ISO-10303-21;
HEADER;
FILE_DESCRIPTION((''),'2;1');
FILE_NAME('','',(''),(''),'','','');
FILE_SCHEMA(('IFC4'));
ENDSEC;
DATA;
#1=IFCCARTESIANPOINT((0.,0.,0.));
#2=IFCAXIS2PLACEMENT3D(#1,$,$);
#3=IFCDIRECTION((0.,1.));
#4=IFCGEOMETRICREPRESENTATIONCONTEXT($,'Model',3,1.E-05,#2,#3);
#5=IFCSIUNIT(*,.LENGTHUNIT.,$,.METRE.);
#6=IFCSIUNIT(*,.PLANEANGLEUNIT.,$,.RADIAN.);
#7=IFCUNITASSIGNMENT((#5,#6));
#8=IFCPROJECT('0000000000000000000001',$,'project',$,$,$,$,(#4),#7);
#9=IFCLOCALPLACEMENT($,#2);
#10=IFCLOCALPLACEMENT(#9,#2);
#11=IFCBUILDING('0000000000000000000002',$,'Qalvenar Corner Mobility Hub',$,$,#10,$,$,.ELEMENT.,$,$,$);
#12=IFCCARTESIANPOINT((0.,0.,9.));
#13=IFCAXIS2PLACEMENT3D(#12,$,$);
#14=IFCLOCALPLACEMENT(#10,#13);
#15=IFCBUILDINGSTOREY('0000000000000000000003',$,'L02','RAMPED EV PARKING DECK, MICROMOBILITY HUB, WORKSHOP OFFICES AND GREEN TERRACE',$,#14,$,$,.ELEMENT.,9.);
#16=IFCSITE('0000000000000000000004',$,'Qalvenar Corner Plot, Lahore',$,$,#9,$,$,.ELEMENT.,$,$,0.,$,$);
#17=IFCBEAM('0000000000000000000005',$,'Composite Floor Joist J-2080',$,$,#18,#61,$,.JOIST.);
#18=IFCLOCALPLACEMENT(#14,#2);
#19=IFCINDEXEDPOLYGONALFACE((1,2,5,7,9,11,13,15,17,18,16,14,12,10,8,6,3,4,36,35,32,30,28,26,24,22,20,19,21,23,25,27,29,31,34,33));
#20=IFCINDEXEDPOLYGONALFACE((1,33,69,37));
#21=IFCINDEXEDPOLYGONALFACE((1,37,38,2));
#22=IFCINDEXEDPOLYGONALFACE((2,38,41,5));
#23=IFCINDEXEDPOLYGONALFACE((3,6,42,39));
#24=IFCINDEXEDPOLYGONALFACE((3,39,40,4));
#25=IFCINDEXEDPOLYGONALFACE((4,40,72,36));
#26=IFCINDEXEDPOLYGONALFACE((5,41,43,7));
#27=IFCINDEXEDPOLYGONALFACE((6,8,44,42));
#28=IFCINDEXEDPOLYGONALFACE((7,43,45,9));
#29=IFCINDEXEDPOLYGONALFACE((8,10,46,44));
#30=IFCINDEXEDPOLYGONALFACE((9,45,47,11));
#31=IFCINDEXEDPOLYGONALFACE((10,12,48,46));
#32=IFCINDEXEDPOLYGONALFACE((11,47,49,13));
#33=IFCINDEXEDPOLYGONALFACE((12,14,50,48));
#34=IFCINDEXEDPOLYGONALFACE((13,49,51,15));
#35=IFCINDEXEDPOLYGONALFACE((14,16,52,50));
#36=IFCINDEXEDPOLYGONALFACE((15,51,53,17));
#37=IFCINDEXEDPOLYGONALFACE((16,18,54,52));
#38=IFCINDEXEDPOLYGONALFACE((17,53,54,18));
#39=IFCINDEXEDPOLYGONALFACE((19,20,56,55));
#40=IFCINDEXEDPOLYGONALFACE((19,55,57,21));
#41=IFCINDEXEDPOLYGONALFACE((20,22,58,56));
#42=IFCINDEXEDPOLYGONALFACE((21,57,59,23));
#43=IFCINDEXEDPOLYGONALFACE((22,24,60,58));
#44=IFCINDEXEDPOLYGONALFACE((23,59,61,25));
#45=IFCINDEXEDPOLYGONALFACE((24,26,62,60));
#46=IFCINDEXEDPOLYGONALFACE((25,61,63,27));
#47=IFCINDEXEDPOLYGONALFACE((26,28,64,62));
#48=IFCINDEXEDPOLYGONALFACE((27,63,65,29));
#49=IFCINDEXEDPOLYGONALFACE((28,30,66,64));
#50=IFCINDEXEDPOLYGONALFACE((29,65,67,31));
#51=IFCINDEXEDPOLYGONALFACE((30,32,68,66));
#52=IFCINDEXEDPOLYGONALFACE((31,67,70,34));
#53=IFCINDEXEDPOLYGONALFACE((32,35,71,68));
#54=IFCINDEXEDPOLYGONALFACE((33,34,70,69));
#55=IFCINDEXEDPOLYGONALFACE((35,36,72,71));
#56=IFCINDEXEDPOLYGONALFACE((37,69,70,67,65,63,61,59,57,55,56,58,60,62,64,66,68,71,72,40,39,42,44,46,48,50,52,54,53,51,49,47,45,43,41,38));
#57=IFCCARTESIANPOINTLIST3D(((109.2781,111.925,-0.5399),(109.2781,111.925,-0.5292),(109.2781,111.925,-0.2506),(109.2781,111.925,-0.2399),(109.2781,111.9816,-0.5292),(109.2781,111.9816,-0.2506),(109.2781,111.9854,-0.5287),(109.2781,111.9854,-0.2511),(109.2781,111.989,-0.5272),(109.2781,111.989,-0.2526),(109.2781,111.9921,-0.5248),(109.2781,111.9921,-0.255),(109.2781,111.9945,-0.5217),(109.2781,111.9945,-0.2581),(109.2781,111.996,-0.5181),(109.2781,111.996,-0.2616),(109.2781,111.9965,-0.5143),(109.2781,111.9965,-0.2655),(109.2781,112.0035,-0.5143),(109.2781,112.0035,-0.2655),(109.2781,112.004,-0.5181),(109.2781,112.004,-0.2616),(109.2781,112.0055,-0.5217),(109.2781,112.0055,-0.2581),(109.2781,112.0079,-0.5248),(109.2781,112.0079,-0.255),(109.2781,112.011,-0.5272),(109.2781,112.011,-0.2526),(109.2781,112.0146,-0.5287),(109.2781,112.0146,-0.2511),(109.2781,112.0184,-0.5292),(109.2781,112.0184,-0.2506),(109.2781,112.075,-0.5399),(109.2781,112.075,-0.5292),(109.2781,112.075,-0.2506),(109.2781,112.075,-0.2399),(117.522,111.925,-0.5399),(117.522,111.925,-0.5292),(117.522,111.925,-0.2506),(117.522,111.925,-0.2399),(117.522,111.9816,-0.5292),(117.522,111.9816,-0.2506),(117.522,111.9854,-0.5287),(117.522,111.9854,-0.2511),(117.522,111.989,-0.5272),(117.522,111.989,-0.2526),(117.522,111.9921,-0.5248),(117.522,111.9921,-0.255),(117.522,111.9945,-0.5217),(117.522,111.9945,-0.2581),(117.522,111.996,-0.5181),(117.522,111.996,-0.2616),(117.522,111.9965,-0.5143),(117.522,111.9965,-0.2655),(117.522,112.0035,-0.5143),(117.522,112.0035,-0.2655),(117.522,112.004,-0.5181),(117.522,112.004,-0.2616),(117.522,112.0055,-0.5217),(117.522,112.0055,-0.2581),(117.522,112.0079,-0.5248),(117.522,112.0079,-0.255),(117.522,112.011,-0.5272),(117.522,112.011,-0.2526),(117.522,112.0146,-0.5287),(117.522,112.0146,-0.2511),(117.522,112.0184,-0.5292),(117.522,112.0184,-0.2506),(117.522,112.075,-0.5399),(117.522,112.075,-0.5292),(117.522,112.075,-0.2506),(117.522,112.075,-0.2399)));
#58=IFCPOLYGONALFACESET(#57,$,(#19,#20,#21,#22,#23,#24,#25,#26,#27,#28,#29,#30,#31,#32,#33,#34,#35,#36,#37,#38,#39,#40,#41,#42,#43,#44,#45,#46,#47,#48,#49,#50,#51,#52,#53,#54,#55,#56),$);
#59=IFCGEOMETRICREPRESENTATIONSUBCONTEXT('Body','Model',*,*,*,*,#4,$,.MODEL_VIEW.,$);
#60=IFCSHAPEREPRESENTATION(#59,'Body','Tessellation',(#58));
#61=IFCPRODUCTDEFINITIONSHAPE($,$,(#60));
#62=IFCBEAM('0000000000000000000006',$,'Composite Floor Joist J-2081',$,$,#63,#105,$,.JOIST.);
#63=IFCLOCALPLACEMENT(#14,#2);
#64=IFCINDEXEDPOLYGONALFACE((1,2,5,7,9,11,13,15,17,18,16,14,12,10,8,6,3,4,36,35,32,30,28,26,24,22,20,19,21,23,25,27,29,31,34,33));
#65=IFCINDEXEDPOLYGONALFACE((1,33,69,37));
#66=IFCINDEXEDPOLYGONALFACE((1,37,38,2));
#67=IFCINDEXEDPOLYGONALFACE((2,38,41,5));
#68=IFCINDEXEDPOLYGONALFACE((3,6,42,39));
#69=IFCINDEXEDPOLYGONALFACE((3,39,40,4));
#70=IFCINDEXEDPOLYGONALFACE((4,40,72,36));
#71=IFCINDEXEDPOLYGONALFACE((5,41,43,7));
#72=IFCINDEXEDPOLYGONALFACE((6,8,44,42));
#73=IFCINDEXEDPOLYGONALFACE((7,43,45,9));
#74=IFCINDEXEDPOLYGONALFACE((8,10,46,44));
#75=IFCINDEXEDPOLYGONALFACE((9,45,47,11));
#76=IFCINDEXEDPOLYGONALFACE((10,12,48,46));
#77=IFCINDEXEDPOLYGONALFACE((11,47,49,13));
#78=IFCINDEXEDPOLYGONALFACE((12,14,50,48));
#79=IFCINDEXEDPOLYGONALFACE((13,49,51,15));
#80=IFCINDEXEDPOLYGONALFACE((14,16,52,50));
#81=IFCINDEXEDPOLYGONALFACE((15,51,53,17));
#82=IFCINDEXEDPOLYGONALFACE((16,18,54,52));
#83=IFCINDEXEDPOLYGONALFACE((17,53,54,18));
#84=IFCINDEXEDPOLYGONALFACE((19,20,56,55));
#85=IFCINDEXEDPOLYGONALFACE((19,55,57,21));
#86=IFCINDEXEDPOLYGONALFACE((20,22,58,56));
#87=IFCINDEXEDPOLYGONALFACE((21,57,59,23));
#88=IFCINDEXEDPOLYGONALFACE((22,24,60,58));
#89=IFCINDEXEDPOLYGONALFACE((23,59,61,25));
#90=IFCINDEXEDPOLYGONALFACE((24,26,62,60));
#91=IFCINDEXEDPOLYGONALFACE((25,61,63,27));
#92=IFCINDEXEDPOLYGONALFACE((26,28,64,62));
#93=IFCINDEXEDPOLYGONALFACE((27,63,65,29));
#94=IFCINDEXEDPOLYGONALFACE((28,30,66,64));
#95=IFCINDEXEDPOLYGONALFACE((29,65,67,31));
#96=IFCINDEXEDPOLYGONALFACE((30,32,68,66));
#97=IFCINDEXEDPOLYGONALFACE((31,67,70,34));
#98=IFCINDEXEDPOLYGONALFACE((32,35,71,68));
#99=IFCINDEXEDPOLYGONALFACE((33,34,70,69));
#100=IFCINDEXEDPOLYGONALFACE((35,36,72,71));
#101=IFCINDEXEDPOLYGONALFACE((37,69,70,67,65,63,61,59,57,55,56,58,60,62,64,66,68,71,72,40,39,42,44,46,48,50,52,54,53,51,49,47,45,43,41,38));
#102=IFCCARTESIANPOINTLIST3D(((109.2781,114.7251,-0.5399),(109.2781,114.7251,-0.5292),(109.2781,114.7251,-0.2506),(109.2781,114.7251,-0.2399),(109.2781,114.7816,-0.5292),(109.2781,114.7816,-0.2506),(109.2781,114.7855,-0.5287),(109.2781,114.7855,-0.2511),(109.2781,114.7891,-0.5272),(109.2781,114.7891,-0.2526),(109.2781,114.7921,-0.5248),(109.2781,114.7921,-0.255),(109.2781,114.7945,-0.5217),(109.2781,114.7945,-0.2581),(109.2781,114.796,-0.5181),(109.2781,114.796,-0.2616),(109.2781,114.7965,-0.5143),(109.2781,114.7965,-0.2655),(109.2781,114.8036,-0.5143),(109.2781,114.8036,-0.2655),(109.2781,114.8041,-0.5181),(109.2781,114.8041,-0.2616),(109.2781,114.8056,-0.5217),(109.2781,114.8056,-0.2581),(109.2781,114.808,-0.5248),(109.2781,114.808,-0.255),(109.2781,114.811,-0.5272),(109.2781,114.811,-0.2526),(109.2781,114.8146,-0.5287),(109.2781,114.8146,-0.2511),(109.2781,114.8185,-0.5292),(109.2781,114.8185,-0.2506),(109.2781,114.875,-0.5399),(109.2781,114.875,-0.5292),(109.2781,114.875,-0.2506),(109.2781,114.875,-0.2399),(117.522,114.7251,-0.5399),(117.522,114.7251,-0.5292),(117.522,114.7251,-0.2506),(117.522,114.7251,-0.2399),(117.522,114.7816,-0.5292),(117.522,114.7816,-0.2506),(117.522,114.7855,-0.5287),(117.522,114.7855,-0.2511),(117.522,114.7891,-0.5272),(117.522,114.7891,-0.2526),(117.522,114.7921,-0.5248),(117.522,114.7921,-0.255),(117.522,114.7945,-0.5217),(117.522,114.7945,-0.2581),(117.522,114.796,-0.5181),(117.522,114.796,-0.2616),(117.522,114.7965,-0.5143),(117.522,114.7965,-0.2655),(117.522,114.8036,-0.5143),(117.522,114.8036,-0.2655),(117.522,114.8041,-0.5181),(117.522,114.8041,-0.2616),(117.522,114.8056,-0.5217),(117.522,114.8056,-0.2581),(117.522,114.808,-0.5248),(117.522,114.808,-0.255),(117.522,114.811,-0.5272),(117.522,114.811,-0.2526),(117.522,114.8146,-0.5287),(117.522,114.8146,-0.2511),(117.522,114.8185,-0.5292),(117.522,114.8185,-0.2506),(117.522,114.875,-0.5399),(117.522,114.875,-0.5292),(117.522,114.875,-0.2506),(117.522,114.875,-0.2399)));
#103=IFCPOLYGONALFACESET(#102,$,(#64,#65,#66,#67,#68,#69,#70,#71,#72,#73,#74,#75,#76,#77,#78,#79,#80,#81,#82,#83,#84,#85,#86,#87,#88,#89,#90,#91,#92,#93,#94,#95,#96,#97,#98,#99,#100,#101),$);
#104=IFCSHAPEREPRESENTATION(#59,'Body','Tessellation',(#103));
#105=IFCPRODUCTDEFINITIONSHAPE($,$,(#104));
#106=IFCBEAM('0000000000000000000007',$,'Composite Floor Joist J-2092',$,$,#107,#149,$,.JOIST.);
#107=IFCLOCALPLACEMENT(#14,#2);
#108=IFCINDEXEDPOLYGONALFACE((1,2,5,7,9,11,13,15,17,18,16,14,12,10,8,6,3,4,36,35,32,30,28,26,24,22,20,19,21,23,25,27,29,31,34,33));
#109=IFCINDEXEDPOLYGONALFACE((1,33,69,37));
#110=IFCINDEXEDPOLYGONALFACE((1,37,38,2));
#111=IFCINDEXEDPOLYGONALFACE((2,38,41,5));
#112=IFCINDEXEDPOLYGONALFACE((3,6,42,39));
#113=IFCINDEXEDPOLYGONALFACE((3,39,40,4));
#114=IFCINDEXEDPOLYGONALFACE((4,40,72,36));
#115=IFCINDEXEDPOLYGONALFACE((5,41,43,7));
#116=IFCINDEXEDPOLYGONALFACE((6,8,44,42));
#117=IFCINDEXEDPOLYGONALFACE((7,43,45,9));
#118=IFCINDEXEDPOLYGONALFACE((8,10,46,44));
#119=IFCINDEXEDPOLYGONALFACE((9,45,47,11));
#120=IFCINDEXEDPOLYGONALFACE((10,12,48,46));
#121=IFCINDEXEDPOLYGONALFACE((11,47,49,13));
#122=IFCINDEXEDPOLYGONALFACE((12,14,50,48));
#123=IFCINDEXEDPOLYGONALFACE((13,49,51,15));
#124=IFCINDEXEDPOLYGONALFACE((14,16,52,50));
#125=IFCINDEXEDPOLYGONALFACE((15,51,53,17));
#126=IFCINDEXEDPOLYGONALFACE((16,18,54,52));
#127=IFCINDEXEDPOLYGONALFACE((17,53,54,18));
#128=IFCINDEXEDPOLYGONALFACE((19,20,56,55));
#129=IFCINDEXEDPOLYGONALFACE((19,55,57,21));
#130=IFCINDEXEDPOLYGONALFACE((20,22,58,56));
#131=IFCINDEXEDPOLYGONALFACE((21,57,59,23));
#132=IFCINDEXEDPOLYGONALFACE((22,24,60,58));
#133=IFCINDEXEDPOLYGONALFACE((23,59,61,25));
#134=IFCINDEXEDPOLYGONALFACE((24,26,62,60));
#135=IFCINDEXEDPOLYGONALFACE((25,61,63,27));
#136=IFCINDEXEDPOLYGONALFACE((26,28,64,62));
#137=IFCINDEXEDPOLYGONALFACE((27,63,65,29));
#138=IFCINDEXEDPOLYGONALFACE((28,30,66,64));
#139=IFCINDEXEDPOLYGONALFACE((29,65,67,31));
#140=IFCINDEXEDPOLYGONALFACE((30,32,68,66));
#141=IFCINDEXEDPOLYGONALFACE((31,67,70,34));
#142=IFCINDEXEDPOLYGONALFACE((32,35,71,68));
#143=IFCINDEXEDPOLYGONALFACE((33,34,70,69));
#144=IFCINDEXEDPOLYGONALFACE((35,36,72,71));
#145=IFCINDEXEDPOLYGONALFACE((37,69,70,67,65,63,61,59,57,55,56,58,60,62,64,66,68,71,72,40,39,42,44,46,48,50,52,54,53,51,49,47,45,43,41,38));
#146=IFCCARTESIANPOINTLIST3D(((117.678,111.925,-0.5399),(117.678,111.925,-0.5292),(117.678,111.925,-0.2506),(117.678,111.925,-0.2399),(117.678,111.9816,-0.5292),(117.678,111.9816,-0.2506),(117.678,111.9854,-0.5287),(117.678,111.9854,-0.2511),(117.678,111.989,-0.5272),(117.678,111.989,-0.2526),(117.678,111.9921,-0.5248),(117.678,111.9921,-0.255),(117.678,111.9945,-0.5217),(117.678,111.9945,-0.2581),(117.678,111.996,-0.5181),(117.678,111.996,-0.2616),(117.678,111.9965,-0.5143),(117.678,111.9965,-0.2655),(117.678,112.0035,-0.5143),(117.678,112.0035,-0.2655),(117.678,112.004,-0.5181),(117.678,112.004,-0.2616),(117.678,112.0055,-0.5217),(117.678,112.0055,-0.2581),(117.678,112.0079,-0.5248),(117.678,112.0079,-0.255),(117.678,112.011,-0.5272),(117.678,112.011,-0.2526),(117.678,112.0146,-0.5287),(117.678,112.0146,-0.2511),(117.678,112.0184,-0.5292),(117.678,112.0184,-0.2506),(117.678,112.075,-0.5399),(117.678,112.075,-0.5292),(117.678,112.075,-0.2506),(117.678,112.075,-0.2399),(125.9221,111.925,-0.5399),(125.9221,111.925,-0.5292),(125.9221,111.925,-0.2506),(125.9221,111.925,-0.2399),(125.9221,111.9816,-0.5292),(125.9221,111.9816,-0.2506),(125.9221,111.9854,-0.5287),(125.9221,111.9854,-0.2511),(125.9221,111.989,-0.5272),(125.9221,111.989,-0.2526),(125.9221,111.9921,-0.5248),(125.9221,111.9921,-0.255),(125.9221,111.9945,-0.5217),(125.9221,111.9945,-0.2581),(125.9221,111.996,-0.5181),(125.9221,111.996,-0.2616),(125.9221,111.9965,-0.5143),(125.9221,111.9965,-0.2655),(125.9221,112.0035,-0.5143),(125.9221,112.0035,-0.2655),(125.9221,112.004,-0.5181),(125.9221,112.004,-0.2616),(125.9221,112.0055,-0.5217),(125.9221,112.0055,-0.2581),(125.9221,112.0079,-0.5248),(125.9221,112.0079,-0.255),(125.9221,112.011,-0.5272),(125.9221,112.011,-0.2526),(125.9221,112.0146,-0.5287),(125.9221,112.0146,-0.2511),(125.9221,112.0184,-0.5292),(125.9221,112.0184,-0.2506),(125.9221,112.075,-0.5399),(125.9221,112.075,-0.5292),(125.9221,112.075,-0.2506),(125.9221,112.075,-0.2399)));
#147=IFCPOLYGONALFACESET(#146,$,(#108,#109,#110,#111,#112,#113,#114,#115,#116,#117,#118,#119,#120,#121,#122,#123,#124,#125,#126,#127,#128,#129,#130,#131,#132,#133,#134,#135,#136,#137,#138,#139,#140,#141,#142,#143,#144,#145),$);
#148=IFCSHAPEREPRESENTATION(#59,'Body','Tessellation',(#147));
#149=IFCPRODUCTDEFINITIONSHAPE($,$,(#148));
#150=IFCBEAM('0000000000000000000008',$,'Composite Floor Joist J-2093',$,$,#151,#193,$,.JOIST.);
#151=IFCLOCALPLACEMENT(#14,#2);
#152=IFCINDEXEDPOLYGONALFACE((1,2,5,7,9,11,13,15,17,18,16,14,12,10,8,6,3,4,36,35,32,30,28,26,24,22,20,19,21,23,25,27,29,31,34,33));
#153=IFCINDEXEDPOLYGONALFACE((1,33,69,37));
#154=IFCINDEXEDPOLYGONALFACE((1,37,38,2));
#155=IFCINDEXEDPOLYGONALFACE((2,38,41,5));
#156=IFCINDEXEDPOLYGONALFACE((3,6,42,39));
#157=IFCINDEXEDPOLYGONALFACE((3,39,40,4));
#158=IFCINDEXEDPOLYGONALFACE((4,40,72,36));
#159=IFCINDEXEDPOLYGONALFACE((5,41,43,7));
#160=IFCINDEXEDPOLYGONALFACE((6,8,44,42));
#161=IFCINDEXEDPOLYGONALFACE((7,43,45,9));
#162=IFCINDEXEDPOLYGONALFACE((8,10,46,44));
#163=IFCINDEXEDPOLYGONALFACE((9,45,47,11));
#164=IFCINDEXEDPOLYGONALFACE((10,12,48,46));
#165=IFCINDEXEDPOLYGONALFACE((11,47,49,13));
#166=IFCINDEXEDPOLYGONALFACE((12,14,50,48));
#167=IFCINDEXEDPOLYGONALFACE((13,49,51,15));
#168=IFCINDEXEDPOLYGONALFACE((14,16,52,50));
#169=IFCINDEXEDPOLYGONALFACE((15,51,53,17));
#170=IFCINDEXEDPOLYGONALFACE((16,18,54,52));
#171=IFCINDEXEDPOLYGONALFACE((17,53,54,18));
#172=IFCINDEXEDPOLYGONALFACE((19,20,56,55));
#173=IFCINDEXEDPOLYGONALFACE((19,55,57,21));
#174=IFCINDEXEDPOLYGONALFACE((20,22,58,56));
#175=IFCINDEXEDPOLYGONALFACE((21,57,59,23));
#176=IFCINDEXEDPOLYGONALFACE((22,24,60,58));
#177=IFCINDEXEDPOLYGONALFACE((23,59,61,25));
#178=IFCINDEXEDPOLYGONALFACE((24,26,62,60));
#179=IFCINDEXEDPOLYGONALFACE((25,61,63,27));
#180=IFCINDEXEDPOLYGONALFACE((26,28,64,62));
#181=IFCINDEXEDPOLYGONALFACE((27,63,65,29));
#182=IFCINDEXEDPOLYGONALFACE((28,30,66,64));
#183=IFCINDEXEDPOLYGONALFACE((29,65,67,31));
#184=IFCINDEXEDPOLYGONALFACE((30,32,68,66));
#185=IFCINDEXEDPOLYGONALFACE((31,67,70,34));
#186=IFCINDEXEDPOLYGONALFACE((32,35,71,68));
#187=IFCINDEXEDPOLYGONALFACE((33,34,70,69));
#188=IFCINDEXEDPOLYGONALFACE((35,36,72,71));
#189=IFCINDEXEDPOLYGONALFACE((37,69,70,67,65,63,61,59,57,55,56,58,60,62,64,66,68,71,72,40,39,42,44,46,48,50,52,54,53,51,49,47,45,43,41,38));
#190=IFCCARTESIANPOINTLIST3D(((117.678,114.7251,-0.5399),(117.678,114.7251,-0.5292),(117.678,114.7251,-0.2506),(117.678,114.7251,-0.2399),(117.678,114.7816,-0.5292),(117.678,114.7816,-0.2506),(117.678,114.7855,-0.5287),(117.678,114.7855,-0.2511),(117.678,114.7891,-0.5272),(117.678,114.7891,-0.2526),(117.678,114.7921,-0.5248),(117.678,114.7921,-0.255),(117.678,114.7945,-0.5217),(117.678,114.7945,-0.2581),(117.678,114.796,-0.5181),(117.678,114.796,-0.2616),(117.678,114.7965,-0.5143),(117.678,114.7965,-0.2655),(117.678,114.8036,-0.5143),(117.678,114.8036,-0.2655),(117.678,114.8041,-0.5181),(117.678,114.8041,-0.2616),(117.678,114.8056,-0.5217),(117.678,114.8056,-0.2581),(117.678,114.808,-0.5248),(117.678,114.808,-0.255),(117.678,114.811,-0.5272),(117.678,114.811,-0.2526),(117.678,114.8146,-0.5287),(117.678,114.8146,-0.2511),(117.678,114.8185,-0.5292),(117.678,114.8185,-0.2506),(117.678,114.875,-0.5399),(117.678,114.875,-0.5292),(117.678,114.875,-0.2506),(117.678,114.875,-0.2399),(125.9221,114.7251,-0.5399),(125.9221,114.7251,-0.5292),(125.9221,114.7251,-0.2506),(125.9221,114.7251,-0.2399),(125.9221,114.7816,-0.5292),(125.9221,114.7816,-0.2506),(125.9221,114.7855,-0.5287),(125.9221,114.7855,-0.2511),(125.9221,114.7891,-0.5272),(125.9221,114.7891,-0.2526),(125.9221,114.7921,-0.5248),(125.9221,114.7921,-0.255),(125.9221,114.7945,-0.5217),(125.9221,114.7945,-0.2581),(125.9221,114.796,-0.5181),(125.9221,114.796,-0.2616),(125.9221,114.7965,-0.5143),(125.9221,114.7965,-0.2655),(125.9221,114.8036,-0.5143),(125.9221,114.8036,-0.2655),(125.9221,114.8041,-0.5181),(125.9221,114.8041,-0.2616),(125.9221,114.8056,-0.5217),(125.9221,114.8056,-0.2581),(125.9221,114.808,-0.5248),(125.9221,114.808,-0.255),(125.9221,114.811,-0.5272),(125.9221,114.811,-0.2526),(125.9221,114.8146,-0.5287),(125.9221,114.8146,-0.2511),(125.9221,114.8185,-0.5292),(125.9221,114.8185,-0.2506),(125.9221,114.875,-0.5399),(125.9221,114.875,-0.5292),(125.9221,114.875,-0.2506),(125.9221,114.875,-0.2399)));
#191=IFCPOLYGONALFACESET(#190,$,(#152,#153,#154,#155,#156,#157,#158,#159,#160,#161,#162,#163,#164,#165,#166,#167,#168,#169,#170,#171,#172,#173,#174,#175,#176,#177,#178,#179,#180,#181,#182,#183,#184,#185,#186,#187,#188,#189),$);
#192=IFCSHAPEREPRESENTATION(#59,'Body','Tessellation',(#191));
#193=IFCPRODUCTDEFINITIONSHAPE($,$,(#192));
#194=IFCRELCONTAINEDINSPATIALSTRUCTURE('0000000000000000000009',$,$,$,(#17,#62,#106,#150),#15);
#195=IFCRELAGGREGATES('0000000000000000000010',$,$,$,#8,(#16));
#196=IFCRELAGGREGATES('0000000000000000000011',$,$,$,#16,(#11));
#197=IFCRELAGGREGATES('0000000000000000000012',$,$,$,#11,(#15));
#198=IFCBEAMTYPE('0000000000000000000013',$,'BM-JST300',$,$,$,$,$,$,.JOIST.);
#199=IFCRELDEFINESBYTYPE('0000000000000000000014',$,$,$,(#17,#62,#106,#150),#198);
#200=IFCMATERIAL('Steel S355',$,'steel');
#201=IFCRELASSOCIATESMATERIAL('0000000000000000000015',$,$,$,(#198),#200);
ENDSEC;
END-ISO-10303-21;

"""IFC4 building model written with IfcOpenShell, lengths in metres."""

from ifc_helpers import new_model, si_unit, direction, frame, origin, origin_2d, place, context, subcontext, project, spatial, i_section, extrude, material, material_profile, profile_set, type_object, element, save


model = new_model("IFC4")

# Units and contexts
model_context = context("Model", 3, precision=1e-05, world=origin(), true_north=direction((0.0, 1.0)))
body_context = subcontext(model_context, "Body", "Model", "MODEL_VIEW")
ifc_project = project(units=[si_unit("LENGTHUNIT", "METRE"), si_unit("PLANEANGLEUNIT", "RADIAN")], contexts=[model_context])

# Site, building, storey
site_placement = place(None, origin())
site = spatial("IfcSite", under=ifc_project, at=site_placement, Name="Qalvenar Corner Plot, Lahore", CompositionType="ELEMENT", RefElevation=0.0)
building_placement = place(site_placement, origin())
building = spatial("IfcBuilding", under=site, at=building_placement, Name="Qalvenar Corner Mobility Hub", CompositionType="ELEMENT")
storey_placement = place(building_placement, frame((0.0, 0.0, 9.0)))
storey = spatial("IfcBuildingStorey", under=building, at=storey_placement, Name="L02", Description="RAMPED EV PARKING DECK, MICROMOBILITY HUB, WORKSHOP OFFICES AND GREEN TERRACE", CompositionType="ELEMENT", Elevation=9.0)

# Shared definitions
ifc_material = material(Name="Steel S355", Category="steel")

# Beams
ifc_material_profile_1 = material_profile(ifc_material, i_section(OverallWidth=0.1499, OverallDepth=0.3, WebThickness=0.0071, FlangeThickness=0.0107, FilletRadius=0.0149, at=origin_2d()), Name="IPE300")
ifc_profile_set_1 = profile_set([ifc_material_profile_1], Name="Steel S355")
beam_type_1 = type_object("IfcBeamType", Name="BM-JST300", PredefinedType="JOIST", material=ifc_profile_set_1)
for number, where, z_axis, x_axis, name in (
    (1, (109.2781, 112.0, -0.3899), (1.0, 0.0, 0.0), (0.0, 1.0, 0.0), "Composite Floor Joist J-2080"),
    (2, (109.2781, 114.8, -0.3899), (1.0, 0.0, 0.0), (0.0, 1.0, 0.0), "Composite Floor Joist J-2081"),
):
    element("IfcBeam", number, at=place(storey_placement, frame(where, z_axis=z_axis, x_axis=x_axis)), inside=storey, type_object=beam_type_1, Name=name, PredefinedType="JOIST", context=body_context, shape_type="SweptSolid", body=[
        extrude(i_section(OverallWidth=0.1499, OverallDepth=0.3, WebThickness=0.0071, FlangeThickness=0.0107, FilletRadius=0.0149, at=origin_2d()), origin(), (0.0, 0.0, 1.0), 8.2439),
    ])
for number, where, z_axis, x_axis, name in (
    (3, (117.678, 112.0, -0.3899), (1.0, 0.0, 0.0), (0.0, 1.0, 0.0), "Composite Floor Joist J-2092"),
    (4, (117.678, 114.8, -0.3899), (1.0, 0.0, 0.0), (0.0, 1.0, 0.0), "Composite Floor Joist J-2093"),
):
    element("IfcBeam", number, at=place(storey_placement, frame(where, z_axis=z_axis, x_axis=x_axis)), inside=storey, type_object=beam_type_1, Name=name, PredefinedType="JOIST", context=body_context, shape_type="SweptSolid", body=[
        extrude(i_section(OverallWidth=0.1499, OverallDepth=0.3, WebThickness=0.0071, FlangeThickness=0.0107, FilletRadius=0.0149, at=origin_2d()), origin(), (0.0, 0.0, 1.0), 8.2441),
    ])

save(model, "model.ifc")
